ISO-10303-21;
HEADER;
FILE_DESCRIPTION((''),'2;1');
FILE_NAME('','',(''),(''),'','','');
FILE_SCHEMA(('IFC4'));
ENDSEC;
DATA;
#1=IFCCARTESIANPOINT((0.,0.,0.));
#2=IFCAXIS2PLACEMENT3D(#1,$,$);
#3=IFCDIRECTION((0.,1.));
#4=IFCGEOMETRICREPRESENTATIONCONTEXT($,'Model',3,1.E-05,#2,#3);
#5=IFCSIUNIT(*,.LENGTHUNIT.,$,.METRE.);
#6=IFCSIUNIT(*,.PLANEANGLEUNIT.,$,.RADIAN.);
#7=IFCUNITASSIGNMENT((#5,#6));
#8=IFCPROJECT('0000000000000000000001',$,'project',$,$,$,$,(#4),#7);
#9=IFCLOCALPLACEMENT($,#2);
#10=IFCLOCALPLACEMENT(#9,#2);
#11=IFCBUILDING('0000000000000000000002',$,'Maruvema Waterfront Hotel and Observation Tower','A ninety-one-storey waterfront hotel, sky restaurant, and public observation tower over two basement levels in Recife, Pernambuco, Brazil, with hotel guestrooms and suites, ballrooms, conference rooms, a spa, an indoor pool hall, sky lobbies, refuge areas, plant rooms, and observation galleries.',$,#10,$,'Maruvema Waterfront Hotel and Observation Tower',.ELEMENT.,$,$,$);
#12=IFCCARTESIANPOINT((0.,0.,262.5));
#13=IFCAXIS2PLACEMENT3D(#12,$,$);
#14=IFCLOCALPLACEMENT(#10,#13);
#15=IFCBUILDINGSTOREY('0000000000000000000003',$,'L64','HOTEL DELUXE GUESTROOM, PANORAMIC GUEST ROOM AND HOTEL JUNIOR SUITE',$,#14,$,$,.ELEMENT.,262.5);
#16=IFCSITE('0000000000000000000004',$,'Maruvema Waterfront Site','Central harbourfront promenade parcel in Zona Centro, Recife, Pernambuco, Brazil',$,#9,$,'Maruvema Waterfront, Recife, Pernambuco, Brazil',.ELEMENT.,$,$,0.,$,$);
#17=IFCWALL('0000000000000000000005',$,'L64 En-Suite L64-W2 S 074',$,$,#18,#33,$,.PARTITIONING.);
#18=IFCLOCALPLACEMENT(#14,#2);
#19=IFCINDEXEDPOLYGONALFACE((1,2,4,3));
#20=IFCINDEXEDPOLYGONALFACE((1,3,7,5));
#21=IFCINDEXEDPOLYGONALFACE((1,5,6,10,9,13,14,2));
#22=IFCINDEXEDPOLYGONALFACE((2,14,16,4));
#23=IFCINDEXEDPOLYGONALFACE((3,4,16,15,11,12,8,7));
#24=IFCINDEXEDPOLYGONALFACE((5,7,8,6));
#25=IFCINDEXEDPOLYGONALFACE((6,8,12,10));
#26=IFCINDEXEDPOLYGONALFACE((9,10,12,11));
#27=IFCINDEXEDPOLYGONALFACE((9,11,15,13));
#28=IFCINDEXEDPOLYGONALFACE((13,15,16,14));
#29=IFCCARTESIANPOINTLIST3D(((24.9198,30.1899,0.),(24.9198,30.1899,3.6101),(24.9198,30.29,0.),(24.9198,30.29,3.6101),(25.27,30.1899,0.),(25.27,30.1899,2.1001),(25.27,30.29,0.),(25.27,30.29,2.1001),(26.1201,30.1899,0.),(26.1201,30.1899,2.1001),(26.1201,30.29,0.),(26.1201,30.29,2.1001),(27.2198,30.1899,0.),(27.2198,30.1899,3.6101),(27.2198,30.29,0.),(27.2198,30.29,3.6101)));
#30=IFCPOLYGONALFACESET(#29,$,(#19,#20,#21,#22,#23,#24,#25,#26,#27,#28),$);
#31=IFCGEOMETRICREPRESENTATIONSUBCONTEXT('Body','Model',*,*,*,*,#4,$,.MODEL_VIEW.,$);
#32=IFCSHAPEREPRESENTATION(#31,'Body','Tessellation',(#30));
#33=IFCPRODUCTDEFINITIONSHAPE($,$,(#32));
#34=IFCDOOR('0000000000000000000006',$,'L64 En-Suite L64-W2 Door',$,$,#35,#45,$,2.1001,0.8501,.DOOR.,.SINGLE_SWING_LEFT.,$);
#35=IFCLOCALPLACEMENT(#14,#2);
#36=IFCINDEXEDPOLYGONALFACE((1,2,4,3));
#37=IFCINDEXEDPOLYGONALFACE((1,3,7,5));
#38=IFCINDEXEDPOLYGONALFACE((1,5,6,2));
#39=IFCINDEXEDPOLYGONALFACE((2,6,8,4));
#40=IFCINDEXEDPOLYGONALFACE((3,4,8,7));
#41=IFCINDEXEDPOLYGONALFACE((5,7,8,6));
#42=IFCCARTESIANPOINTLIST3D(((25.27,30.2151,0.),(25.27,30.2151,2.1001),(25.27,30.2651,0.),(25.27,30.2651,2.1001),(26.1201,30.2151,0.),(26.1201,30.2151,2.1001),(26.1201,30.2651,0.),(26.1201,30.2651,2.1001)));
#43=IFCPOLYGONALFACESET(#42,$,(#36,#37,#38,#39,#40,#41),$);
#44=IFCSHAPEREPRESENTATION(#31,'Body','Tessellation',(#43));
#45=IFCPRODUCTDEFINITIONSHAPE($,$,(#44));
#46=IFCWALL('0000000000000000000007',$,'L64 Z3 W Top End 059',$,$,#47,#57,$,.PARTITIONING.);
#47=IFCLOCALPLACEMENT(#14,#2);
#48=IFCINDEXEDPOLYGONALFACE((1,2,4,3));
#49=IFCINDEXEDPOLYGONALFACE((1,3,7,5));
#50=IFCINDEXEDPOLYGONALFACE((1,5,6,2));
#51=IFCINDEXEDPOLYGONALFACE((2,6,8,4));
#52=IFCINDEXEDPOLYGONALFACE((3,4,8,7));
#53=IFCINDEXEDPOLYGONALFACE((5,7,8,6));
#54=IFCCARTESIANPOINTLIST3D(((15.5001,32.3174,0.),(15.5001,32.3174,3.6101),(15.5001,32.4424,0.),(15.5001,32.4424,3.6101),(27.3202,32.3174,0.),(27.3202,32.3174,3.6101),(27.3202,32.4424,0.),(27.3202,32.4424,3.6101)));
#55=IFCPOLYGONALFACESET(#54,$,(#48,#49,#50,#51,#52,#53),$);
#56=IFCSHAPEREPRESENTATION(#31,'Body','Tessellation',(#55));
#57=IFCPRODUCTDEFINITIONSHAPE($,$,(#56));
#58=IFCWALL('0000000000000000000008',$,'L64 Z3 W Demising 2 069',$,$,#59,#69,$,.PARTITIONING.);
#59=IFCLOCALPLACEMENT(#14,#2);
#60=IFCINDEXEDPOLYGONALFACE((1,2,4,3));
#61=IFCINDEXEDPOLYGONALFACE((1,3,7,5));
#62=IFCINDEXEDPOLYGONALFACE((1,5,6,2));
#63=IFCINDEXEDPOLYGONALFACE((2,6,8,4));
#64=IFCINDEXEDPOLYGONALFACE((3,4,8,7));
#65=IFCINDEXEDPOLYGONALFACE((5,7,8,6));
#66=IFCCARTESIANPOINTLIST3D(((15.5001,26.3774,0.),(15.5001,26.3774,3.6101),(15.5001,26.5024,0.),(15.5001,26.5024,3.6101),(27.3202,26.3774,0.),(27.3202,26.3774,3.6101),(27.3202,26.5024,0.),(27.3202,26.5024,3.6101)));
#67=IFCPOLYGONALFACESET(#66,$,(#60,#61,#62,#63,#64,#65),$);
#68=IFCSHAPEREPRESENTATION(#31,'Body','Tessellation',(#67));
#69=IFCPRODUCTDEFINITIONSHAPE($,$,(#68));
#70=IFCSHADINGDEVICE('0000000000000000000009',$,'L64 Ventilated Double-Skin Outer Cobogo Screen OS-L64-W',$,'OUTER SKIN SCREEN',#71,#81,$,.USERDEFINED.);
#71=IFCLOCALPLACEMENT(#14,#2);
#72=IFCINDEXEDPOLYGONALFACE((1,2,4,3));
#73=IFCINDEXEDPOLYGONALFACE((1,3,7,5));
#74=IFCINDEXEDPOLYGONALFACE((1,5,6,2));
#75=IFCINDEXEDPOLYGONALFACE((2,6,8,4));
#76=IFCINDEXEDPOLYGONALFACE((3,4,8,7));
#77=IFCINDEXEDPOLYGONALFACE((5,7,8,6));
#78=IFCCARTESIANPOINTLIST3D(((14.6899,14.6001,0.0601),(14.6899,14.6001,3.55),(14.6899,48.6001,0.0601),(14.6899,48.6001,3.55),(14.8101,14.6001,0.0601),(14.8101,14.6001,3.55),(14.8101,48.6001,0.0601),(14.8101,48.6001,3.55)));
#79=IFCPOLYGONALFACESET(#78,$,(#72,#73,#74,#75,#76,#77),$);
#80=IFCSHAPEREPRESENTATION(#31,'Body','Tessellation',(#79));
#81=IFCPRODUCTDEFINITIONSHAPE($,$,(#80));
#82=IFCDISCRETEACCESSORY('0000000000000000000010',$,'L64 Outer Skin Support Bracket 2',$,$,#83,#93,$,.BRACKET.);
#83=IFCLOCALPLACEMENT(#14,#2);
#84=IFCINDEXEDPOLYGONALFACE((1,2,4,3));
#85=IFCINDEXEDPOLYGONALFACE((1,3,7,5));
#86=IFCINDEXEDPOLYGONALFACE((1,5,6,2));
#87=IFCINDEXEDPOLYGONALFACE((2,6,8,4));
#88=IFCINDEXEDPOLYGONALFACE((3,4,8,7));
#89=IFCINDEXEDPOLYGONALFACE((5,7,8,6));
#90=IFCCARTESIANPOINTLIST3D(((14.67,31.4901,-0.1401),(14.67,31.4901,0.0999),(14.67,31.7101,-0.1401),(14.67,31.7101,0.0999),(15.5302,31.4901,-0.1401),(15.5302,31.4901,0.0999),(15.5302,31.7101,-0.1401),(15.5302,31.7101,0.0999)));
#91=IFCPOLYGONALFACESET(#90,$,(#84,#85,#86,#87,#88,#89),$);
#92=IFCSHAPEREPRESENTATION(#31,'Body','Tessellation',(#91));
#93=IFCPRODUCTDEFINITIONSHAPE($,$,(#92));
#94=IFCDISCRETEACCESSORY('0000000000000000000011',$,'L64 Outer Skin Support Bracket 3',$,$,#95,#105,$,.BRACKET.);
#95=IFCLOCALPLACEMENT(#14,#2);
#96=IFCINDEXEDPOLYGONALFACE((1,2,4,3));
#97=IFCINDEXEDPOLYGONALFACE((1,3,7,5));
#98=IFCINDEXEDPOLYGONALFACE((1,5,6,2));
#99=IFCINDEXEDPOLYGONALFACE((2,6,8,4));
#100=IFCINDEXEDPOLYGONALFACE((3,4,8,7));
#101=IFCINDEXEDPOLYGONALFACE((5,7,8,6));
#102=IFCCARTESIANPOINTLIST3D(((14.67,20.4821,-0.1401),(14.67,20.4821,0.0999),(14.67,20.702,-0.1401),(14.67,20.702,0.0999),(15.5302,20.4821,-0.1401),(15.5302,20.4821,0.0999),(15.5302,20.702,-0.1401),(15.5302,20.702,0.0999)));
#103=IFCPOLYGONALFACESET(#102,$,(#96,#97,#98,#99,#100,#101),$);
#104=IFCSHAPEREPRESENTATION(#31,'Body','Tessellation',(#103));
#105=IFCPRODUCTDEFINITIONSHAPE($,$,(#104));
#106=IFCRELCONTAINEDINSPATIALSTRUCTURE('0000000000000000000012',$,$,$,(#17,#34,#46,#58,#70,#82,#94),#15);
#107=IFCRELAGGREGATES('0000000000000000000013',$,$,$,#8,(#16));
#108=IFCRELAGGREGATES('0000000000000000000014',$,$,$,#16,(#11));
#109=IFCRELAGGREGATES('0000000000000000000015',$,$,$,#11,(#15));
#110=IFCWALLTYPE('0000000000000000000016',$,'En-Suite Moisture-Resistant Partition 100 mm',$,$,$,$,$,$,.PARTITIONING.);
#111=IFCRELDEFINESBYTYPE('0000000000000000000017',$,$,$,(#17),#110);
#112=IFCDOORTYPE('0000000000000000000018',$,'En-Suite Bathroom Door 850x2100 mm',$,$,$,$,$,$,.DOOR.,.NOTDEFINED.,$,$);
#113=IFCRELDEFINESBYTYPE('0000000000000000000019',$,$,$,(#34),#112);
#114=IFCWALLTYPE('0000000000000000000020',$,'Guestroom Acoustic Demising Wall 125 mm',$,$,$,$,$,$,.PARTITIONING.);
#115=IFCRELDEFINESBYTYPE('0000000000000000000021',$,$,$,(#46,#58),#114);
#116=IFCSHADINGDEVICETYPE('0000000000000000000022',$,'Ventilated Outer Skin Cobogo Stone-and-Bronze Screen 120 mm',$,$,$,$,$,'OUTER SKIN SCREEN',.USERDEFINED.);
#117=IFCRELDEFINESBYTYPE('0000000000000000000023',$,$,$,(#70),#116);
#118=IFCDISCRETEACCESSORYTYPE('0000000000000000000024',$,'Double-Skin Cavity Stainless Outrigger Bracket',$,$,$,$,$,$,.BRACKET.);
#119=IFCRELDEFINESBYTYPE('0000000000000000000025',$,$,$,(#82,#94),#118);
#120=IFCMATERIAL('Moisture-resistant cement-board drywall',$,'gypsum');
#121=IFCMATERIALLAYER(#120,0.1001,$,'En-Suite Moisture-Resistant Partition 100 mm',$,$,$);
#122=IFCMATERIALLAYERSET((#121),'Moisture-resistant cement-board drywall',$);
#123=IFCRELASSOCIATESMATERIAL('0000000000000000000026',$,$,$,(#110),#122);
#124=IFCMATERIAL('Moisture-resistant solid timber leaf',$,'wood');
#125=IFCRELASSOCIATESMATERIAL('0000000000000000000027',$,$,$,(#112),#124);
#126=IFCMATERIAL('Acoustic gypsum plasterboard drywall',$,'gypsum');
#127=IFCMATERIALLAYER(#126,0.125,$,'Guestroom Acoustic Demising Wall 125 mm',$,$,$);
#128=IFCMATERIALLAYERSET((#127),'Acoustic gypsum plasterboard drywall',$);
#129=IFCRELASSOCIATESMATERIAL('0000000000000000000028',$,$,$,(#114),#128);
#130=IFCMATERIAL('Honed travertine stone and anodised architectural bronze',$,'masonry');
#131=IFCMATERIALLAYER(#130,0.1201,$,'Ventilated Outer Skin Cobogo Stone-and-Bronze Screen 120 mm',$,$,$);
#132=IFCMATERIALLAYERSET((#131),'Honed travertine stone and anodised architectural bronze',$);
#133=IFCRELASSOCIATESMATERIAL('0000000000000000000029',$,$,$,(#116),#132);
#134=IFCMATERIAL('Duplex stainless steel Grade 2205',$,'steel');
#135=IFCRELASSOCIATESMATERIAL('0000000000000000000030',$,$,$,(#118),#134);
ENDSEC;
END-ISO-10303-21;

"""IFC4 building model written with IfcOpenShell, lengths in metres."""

from ifc_helpers import new_model, si_unit, direction, frame, frame_2d, origin, origin_2d, place, context, subcontext, project, spatial, rectangle, extrude, material, layer, layer_set, type_object, element, fill, save


model = new_model("IFC4")

# Units and contexts
model_context = context("Model", 3, precision=1e-05, world=origin(), true_north=direction((0.0, 1.0)))
body_context = subcontext(model_context, "Body", "Model", "MODEL_VIEW")
ifc_project = project(units=[si_unit("LENGTHUNIT", "METRE"), si_unit("PLANEANGLEUNIT", "RADIAN")], contexts=[model_context])

# Site, building, storey
site_placement = place(None, origin())
site = spatial("IfcSite", under=ifc_project, at=site_placement, Name="Maruvema Waterfront Site", Description="Central harbourfront promenade parcel in Zona Centro, Recife, Pernambuco, Brazil", LongName="Maruvema Waterfront, Recife, Pernambuco, Brazil", CompositionType="ELEMENT", RefElevation=0.0)
building_placement = place(site_placement, origin())
building = spatial("IfcBuilding", under=site, at=building_placement, Name="Maruvema Waterfront Hotel and Observation Tower", Description="A ninety-one-storey waterfront hotel, sky restaurant, and public observation tower over two basement levels in Recife, Pernambuco, Brazil, with hotel guestrooms and suites, ballrooms, conference rooms, a spa, an indoor pool hall, sky lobbies, refuge areas, plant rooms, and observation galleries.", LongName="Maruvema Waterfront Hotel and Observation Tower", CompositionType="ELEMENT")
storey_placement = place(building_placement, frame((0.0, 0.0, 262.5)))
storey = spatial("IfcBuildingStorey", under=building, at=storey_placement, Name="L64", Description="HOTEL DELUXE GUESTROOM, PANORAMIC GUEST ROOM AND HOTEL JUNIOR SUITE", CompositionType="ELEMENT", Elevation=262.5)

# Shared definitions
ifc_material_1 = material(Name="Moisture-resistant cement-board drywall", Category="gypsum")
ifc_layer_1 = layer(ifc_material_1, 0.1001, Name="En-Suite Moisture-Resistant Partition 100 mm")
ifc_layer_set_1 = layer_set([ifc_layer_1], Name="Moisture-resistant cement-board drywall")
wall_type_1 = type_object("IfcWallType", Name="En-Suite Moisture-Resistant Partition 100 mm", PredefinedType="PARTITIONING", material=ifc_layer_set_1)

# Shared definitions
ifc_material_2 = material(Name="Moisture-resistant solid timber leaf", Category="wood")
door_type = type_object("IfcDoorType", Name="En-Suite Bathroom Door 850x2100 mm", OperationType="NOTDEFINED", PredefinedType="DOOR", material=ifc_material_2)

# Wall, opening, door
wall_1_placement = place(storey_placement, frame((24.9199, 30.24, 0.0), z_axis=(0.0, 0.0, 1.0), x_axis=(1.0, 0.0, 0.0)))
wall_1 = element("IfcWall", 1, at=wall_1_placement, inside=storey, type_object=wall_type_1, Name="L64 En-Suite L64-W2 S 074", PredefinedType="PARTITIONING", context=body_context, shape_type="SweptSolid", body=[
    extrude(rectangle(XDim=2.3, YDim=0.1001, at=frame_2d((1.1499, 0.0))), origin(), (0.0, 0.0, 1.0), 3.6101),
])
opening_1_placement = place(wall_1_placement, frame((0.3501, 0.0, 0.0)))
opening_1 = element("IfcOpeningElement", 2, at=opening_1_placement, cuts=wall_1, PredefinedType="OPENING", context=body_context, shape_type="SweptSolid", body=[
    extrude(rectangle(XDim=0.8501, YDim=2.1001, at=frame_2d((0.425, 1.05))), frame((0.0, 0.0601, 0.0), z_axis=(0.0, -1.0, 0.0), x_axis=(1.0, 0.0, 0.0)), (0.0, 0.0, 1.0), 0.1201),
])
door_1_placement = place(opening_1_placement, frame((0.8501, 0.0, 0.0), z_axis=(0.0, 0.0, 1.0), x_axis=(-1.0, 0.0, 0.0)))
door_1 = element("IfcDoor", 3, at=door_1_placement, inside=storey, type_object=door_type, Name="L64 En-Suite L64-W2 Door", OperationType="SINGLE_SWING_LEFT", OverallHeight=2.1001, OverallWidth=0.8501, PredefinedType="DOOR", context=body_context, shape_type="SweptSolid", body=[
    extrude(rectangle(XDim=0.8501, YDim=2.1001, at=frame_2d((0.425, 1.05))), frame((0.0, 0.0249, 0.0), z_axis=(0.0, -1.0, 0.0), x_axis=(1.0, 0.0, 0.0)), (0.0, 0.0, 1.0), 0.05),
])
fill(opening_1, door_1)

# Walls
ifc_material_3 = material(Name="Acoustic gypsum plasterboard drywall", Category="gypsum")
ifc_layer_2 = layer(ifc_material_3, 0.125, Name="Guestroom Acoustic Demising Wall 125 mm")
ifc_layer_set_2 = layer_set([ifc_layer_2], Name="Acoustic gypsum plasterboard drywall")
wall_type_2 = type_object("IfcWallType", Name="Guestroom Acoustic Demising Wall 125 mm", PredefinedType="PARTITIONING", material=ifc_layer_set_2)
for number, where, z_axis, x_axis, name in (
    (4, (15.5, 32.3799, 0.0), (0.0, 0.0, 1.0), (1.0, 0.0, 0.0), "L64 Z3 W Top End 059"),
    (5, (15.5, 26.4399, 0.0), (0.0, 0.0, 1.0), (1.0, 0.0, 0.0), "L64 Z3 W Demising 2 069"),
):
    element("IfcWall", number, at=place(storey_placement, frame(where, z_axis=z_axis, x_axis=x_axis)), inside=storey, type_object=wall_type_2, Name=name, PredefinedType="PARTITIONING", context=body_context, shape_type="SweptSolid", body=[
        extrude(rectangle(XDim=11.8201, YDim=0.125, at=frame_2d((5.9102, 0.0))), origin(), (0.0, 0.0, 1.0), 3.6101),
    ])

# Shading device
ifc_material_4 = material(Name="Honed travertine stone and anodised architectural bronze", Category="masonry")
ifc_layer_3 = layer(ifc_material_4, 0.1201, Name="Ventilated Outer Skin Cobogo Stone-and-Bronze Screen 120 mm")
ifc_layer_set_3 = layer_set([ifc_layer_3], Name="Honed travertine stone and anodised architectural bronze")
shading_device_type = type_object("IfcShadingDeviceType", Name="Ventilated Outer Skin Cobogo Stone-and-Bronze Screen 120 mm", ElementType="OUTER SKIN SCREEN", PredefinedType="USERDEFINED", material=ifc_layer_set_3)
shading_device_placement = place(storey_placement, frame((14.75, 31.6001, 0.0601), z_axis=(0.0, 0.0, 1.0), x_axis=(0.0, -1.0, 0.0)))
element("IfcShadingDevice", 6, at=shading_device_placement, inside=storey, type_object=shading_device_type, Name="L64 Ventilated Double-Skin Outer Cobogo Screen OS-L64-W", ObjectType="OUTER SKIN SCREEN", PredefinedType="USERDEFINED", context=body_context, shape_type="SweptSolid", body=[
    extrude(rectangle(XDim=34.0, YDim=0.1201, at=origin_2d()), origin(), (0.0, 0.0, 1.0), 3.49),
])

# Discrete accessories
ifc_material_5 = material(Name="Duplex stainless steel Grade 2205", Category="steel")
discrete_accessory_type = type_object("IfcDiscreteAccessoryType", Name="Double-Skin Cavity Stainless Outrigger Bracket", PredefinedType="BRACKET", material=ifc_material_5)
for number, where, z_axis, x_axis, name in (
    (7, (15.1001, 31.6001, -0.1401), (0.0, 0.0, 1.0), (0.0, -1.0, 0.0), "L64 Outer Skin Support Bracket 2"),
    (8, (15.1001, 20.592, -0.1401), (0.0, 0.0, 1.0), (0.0, -1.0, 0.0), "L64 Outer Skin Support Bracket 3"),
):
    element("IfcDiscreteAccessory", number, at=place(storey_placement, frame(where, z_axis=z_axis, x_axis=x_axis)), inside=storey, type_object=discrete_accessory_type, Name=name, PredefinedType="BRACKET", context=body_context, shape_type="SweptSolid", body=[
        extrude(rectangle(XDim=0.22, YDim=0.8601, at=origin_2d()), origin(), (0.0, 0.0, 1.0), 0.24),
    ])

save(model, "model.ifc")
